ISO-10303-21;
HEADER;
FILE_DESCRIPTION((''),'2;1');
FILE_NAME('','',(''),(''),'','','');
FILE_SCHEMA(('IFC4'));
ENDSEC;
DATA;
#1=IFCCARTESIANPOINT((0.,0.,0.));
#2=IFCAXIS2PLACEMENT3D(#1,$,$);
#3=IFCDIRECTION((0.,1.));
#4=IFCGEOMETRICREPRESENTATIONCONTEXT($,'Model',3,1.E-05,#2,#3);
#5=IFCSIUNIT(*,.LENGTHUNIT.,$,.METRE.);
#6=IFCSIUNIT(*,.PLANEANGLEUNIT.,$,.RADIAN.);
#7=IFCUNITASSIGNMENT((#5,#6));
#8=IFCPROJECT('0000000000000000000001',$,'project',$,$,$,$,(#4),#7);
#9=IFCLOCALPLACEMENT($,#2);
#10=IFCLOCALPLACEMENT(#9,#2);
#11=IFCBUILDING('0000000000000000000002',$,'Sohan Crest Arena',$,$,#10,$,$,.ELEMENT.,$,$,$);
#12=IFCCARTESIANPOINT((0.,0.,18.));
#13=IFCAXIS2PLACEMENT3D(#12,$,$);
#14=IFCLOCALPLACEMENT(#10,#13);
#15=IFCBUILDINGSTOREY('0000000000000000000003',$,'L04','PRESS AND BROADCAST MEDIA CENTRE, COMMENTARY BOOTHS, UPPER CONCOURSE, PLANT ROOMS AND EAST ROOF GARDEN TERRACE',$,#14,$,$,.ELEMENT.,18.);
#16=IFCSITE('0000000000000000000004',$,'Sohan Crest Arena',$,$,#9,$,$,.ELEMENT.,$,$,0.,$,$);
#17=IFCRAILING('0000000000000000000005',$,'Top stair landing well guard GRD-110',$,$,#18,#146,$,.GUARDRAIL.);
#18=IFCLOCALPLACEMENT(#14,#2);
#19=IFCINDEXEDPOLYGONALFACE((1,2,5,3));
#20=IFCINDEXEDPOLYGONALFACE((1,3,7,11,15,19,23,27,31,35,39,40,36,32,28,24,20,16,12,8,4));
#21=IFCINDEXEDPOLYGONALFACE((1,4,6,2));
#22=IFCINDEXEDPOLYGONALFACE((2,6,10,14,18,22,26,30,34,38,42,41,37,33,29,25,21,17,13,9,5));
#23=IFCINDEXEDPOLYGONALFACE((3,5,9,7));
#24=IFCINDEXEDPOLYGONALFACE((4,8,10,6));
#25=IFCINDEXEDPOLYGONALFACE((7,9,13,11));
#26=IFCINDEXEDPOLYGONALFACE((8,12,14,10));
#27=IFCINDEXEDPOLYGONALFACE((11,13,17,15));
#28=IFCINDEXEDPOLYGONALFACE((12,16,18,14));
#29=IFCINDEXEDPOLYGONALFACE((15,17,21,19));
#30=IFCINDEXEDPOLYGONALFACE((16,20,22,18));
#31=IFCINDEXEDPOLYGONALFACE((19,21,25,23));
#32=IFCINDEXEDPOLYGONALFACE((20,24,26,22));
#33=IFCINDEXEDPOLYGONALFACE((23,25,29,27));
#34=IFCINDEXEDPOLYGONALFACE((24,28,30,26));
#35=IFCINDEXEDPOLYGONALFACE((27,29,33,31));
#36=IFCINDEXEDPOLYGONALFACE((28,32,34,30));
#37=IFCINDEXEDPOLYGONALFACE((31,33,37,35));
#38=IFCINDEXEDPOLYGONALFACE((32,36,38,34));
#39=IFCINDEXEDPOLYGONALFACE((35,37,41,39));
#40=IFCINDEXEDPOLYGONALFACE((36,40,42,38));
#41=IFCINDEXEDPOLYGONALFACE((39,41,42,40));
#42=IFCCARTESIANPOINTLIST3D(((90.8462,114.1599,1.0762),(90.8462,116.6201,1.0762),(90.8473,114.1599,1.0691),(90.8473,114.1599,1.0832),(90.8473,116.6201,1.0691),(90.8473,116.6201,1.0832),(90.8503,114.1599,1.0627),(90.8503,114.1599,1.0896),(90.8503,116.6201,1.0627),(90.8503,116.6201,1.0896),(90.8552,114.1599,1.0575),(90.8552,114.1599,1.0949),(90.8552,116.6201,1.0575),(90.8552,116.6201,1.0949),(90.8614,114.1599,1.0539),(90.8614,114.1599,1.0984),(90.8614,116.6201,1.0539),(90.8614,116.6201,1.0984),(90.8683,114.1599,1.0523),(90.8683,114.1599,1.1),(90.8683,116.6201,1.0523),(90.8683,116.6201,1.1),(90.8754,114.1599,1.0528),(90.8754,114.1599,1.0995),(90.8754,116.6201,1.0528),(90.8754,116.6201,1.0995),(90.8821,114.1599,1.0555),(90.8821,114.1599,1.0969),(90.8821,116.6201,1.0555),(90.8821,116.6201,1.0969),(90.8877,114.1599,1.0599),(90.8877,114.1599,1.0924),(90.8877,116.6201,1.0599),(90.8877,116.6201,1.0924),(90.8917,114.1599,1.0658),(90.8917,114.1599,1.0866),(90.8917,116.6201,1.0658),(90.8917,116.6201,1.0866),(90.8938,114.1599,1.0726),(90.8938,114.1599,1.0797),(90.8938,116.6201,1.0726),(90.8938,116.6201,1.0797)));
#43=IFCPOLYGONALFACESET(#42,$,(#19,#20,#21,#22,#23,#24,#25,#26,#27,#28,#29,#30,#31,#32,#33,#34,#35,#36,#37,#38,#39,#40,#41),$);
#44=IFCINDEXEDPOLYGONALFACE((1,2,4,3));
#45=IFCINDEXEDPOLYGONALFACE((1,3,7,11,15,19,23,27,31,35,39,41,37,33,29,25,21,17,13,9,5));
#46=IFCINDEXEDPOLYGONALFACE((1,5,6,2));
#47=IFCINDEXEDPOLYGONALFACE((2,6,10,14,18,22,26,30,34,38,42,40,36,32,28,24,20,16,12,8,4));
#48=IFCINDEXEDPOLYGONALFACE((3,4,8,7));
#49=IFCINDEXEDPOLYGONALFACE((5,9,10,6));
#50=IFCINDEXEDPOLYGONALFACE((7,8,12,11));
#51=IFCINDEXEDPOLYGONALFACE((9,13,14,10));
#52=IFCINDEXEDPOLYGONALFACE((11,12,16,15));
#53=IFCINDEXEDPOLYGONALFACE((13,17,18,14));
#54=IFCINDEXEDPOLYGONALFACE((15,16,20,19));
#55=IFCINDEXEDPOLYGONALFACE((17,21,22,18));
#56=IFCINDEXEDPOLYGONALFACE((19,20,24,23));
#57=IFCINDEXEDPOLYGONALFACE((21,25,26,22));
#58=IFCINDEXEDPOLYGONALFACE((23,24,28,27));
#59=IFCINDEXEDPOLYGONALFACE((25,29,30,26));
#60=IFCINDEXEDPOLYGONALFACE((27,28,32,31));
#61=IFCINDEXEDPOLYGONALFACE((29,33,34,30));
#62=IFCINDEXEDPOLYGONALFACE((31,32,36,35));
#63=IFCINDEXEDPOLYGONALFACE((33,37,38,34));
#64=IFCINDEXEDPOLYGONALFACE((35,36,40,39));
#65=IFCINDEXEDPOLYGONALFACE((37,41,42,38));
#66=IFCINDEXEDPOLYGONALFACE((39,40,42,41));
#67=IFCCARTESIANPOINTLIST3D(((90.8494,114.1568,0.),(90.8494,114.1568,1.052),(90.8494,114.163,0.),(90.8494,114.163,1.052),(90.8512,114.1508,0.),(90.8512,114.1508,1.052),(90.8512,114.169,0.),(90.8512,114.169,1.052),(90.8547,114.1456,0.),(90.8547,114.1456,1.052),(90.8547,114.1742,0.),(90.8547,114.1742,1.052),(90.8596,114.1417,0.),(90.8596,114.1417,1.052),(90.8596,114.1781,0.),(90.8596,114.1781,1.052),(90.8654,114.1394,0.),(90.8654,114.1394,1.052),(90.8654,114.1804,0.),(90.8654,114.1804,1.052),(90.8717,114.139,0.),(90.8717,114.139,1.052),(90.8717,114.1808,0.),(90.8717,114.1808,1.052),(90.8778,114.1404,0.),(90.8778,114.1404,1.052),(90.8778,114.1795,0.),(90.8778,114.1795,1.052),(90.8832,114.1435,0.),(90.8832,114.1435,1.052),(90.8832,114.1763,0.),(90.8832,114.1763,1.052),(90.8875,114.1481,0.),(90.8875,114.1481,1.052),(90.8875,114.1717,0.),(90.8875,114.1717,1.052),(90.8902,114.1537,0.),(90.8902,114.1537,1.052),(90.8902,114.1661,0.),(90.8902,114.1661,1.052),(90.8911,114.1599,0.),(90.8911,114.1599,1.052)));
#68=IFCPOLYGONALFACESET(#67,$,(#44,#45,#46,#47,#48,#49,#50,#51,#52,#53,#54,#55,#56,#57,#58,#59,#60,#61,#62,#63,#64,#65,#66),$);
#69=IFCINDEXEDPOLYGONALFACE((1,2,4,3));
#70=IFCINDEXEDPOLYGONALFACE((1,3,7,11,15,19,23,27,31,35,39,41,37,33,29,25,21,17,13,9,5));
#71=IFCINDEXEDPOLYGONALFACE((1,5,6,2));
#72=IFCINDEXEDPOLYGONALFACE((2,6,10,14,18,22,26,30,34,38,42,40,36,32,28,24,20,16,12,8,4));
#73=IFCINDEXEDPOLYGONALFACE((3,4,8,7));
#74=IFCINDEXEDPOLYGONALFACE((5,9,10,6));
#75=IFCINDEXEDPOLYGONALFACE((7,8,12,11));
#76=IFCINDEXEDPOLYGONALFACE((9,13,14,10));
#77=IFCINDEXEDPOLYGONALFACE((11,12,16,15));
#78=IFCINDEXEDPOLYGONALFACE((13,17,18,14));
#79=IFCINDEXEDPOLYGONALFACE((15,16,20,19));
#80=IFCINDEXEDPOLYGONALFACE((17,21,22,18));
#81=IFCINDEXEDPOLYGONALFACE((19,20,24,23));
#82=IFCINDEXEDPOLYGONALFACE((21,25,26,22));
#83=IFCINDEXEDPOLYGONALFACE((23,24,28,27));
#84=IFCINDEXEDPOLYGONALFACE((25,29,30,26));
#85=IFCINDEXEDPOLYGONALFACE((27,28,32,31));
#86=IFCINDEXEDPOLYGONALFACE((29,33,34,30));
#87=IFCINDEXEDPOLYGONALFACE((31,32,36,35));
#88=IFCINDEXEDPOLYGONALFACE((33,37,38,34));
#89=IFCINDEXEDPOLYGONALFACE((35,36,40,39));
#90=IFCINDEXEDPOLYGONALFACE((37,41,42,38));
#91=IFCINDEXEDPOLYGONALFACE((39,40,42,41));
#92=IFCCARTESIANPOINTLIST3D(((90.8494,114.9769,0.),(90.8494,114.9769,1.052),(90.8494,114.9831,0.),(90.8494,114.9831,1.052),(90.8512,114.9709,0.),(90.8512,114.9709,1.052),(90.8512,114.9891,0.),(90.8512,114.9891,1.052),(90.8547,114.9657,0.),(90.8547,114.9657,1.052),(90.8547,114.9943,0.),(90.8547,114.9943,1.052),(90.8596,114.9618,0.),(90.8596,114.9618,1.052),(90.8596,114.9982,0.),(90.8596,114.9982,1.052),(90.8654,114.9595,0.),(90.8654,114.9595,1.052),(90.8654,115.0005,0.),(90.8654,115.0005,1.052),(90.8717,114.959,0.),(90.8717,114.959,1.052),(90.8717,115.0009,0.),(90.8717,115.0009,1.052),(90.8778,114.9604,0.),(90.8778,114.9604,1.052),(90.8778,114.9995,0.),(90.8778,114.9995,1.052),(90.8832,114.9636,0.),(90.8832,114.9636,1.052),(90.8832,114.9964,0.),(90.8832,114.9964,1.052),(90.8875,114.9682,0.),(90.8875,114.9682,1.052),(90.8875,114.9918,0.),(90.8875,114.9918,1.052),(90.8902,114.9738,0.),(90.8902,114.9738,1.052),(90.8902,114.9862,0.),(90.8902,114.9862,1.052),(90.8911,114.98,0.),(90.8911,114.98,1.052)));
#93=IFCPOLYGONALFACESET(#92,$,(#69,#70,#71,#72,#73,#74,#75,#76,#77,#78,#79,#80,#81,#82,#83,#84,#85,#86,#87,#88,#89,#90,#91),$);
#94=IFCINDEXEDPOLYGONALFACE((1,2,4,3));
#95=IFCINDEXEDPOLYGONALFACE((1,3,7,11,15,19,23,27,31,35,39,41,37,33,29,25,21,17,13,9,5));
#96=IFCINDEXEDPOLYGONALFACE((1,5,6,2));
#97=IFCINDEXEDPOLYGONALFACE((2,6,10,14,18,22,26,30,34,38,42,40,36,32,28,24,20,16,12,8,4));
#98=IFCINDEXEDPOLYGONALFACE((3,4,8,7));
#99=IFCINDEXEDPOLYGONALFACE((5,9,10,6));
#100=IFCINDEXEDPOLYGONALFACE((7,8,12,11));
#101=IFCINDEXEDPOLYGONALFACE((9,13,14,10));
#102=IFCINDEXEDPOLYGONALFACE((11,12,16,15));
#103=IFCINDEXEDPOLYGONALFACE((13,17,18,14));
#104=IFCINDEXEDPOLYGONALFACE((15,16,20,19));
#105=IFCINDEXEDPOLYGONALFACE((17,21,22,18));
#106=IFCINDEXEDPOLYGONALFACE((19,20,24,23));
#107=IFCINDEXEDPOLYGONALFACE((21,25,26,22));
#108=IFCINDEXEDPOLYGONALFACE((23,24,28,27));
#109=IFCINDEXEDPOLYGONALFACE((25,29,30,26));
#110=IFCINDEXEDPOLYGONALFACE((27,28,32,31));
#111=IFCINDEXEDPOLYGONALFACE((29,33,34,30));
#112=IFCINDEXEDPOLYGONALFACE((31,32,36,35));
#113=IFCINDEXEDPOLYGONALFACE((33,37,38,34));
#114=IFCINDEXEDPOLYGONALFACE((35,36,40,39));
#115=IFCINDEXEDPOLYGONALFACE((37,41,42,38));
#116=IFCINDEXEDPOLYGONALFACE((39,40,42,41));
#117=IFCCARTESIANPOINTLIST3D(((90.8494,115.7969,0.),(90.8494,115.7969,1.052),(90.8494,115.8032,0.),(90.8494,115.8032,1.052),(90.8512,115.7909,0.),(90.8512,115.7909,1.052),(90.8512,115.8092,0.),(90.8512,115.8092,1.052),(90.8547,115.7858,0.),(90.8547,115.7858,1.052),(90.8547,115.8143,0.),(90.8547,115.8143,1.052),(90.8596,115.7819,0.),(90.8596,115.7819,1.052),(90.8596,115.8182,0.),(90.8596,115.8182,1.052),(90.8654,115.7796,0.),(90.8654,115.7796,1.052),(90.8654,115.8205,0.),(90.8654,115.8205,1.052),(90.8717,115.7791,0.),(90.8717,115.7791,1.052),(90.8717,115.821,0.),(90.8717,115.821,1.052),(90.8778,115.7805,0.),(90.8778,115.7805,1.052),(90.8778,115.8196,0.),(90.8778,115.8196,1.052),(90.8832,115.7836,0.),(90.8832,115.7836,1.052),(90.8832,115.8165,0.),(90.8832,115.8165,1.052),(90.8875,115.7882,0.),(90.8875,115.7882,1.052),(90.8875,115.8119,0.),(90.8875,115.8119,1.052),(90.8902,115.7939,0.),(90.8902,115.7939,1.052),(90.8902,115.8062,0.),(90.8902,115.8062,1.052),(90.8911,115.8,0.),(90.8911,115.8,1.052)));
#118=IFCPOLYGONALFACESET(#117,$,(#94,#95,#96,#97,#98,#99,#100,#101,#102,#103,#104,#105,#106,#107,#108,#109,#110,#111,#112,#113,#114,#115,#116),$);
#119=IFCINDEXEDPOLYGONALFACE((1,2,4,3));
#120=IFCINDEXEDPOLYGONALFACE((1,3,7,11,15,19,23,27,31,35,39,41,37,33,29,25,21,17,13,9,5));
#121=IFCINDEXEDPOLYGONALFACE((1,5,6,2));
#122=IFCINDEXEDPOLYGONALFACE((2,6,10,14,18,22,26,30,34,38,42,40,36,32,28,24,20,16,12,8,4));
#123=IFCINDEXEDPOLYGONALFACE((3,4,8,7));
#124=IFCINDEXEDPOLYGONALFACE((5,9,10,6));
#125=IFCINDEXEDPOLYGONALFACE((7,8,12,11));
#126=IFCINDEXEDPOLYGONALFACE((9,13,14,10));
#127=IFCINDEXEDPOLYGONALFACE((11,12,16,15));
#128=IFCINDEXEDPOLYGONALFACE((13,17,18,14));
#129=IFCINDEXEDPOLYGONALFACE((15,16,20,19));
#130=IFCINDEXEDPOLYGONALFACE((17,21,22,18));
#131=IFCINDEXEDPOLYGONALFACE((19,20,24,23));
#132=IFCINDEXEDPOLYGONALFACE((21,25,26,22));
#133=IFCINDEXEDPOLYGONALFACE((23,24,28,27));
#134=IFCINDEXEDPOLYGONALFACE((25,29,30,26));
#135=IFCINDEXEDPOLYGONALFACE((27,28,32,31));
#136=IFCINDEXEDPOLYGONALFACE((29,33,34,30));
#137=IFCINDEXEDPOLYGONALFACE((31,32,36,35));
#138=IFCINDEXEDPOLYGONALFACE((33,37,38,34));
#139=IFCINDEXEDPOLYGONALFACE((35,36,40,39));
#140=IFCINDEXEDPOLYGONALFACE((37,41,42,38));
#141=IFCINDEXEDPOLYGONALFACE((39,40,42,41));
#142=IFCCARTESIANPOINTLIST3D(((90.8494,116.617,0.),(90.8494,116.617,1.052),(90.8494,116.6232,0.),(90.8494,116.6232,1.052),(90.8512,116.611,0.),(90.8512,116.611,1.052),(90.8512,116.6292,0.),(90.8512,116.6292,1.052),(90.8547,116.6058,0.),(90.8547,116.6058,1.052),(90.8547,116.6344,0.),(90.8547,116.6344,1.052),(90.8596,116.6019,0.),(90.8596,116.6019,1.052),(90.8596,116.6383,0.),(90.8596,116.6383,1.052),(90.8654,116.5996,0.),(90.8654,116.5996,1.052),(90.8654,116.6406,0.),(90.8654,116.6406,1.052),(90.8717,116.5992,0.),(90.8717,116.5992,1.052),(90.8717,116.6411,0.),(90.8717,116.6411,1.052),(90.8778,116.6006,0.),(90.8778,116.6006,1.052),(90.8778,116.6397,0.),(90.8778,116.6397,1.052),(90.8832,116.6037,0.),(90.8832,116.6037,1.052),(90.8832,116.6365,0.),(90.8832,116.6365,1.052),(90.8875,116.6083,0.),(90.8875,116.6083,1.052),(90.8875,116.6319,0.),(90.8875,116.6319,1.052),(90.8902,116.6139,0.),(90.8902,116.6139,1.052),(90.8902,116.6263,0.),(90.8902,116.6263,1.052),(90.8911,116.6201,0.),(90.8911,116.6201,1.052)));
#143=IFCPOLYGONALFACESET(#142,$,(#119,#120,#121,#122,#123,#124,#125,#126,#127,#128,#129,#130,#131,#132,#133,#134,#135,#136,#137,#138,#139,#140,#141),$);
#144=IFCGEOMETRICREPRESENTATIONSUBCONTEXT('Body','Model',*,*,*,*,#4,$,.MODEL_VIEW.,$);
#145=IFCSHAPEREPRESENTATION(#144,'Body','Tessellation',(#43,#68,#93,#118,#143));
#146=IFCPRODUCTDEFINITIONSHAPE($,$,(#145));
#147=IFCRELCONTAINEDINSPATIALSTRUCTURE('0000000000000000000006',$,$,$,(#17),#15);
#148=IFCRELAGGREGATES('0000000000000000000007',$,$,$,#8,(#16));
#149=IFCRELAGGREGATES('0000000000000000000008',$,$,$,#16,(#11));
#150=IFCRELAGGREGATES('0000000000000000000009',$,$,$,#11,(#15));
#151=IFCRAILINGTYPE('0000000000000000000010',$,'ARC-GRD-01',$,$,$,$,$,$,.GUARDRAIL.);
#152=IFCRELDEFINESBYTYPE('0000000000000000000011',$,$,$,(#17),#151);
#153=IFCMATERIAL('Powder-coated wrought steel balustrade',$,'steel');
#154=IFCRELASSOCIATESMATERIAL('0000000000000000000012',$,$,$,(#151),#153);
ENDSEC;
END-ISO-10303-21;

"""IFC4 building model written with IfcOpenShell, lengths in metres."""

from ifc_helpers import new_model, si_unit, direction, frame, origin, origin_2d, place, context, subcontext, project, spatial, circle, extrude, material, type_object, element, save


model = new_model("IFC4")

# Units and contexts
model_context = context("Model", 3, precision=1e-05, world=origin(), true_north=direction((0.0, 1.0)))
body_context = subcontext(model_context, "Body", "Model", "MODEL_VIEW")
ifc_project = project(units=[si_unit("LENGTHUNIT", "METRE"), si_unit("PLANEANGLEUNIT", "RADIAN")], contexts=[model_context])

# Site, building, storey
site_placement = place(None, origin())
site = spatial("IfcSite", under=ifc_project, at=site_placement, Name="Sohan Crest Arena", CompositionType="ELEMENT", RefElevation=0.0)
building_placement = place(site_placement, origin())
building = spatial("IfcBuilding", under=site, at=building_placement, Name="Sohan Crest Arena", CompositionType="ELEMENT")
storey_placement = place(building_placement, frame((0.0, 0.0, 18.0)))
storey = spatial("IfcBuildingStorey", under=building, at=storey_placement, Name="L04", Description="PRESS AND BROADCAST MEDIA CENTRE, COMMENTARY BOOTHS, UPPER CONCOURSE, PLANT ROOMS AND EAST ROOF GARDEN TERRACE", CompositionType="ELEMENT", Elevation=18.0)

# Railing
ifc_material_1 = material(Name="Powder-coated wrought steel balustrade", Category="steel")
railing_type_1 = type_object("IfcRailingType", Name="ARC-GRD-01", PredefinedType="GUARDRAIL", material=ifc_material_1)
railing_1_placement = place(storey_placement, frame((90.8701, 114.1599, 0.0)))
element("IfcRailing", 1, at=railing_1_placement, inside=storey, type_object=railing_type_1, Name="Top stair landing well guard GRD-110", PredefinedType="GUARDRAIL", context=body_context, shape_type="SweptSolid", body=[
    extrude(circle(Radius=0.0239, at=origin_2d()), frame((0.0, 0.0, 1.0762), z_axis=(0.0, 1.0, 0.0), x_axis=(-1.0, 0.0, 0.0)), (0.0, 0.0, 1.0), 2.4602),
    extrude(circle(Radius=0.021, at=origin_2d()), origin(), (0.0, 0.0, 1.0), 1.052),
    extrude(circle(Radius=0.021, at=origin_2d()), frame((0.0, 0.8201, 0.0)), (0.0, 0.0, 1.0), 1.052),
    extrude(circle(Radius=0.021, at=origin_2d()), frame((0.0, 1.6401, 0.0)), (0.0, 0.0, 1.0), 1.052),
    extrude(circle(Radius=0.021, at=origin_2d()), frame((0.0, 2.4602, 0.0)), (0.0, 0.0, 1.0), 1.052),
])

save(model, "model.ifc")
